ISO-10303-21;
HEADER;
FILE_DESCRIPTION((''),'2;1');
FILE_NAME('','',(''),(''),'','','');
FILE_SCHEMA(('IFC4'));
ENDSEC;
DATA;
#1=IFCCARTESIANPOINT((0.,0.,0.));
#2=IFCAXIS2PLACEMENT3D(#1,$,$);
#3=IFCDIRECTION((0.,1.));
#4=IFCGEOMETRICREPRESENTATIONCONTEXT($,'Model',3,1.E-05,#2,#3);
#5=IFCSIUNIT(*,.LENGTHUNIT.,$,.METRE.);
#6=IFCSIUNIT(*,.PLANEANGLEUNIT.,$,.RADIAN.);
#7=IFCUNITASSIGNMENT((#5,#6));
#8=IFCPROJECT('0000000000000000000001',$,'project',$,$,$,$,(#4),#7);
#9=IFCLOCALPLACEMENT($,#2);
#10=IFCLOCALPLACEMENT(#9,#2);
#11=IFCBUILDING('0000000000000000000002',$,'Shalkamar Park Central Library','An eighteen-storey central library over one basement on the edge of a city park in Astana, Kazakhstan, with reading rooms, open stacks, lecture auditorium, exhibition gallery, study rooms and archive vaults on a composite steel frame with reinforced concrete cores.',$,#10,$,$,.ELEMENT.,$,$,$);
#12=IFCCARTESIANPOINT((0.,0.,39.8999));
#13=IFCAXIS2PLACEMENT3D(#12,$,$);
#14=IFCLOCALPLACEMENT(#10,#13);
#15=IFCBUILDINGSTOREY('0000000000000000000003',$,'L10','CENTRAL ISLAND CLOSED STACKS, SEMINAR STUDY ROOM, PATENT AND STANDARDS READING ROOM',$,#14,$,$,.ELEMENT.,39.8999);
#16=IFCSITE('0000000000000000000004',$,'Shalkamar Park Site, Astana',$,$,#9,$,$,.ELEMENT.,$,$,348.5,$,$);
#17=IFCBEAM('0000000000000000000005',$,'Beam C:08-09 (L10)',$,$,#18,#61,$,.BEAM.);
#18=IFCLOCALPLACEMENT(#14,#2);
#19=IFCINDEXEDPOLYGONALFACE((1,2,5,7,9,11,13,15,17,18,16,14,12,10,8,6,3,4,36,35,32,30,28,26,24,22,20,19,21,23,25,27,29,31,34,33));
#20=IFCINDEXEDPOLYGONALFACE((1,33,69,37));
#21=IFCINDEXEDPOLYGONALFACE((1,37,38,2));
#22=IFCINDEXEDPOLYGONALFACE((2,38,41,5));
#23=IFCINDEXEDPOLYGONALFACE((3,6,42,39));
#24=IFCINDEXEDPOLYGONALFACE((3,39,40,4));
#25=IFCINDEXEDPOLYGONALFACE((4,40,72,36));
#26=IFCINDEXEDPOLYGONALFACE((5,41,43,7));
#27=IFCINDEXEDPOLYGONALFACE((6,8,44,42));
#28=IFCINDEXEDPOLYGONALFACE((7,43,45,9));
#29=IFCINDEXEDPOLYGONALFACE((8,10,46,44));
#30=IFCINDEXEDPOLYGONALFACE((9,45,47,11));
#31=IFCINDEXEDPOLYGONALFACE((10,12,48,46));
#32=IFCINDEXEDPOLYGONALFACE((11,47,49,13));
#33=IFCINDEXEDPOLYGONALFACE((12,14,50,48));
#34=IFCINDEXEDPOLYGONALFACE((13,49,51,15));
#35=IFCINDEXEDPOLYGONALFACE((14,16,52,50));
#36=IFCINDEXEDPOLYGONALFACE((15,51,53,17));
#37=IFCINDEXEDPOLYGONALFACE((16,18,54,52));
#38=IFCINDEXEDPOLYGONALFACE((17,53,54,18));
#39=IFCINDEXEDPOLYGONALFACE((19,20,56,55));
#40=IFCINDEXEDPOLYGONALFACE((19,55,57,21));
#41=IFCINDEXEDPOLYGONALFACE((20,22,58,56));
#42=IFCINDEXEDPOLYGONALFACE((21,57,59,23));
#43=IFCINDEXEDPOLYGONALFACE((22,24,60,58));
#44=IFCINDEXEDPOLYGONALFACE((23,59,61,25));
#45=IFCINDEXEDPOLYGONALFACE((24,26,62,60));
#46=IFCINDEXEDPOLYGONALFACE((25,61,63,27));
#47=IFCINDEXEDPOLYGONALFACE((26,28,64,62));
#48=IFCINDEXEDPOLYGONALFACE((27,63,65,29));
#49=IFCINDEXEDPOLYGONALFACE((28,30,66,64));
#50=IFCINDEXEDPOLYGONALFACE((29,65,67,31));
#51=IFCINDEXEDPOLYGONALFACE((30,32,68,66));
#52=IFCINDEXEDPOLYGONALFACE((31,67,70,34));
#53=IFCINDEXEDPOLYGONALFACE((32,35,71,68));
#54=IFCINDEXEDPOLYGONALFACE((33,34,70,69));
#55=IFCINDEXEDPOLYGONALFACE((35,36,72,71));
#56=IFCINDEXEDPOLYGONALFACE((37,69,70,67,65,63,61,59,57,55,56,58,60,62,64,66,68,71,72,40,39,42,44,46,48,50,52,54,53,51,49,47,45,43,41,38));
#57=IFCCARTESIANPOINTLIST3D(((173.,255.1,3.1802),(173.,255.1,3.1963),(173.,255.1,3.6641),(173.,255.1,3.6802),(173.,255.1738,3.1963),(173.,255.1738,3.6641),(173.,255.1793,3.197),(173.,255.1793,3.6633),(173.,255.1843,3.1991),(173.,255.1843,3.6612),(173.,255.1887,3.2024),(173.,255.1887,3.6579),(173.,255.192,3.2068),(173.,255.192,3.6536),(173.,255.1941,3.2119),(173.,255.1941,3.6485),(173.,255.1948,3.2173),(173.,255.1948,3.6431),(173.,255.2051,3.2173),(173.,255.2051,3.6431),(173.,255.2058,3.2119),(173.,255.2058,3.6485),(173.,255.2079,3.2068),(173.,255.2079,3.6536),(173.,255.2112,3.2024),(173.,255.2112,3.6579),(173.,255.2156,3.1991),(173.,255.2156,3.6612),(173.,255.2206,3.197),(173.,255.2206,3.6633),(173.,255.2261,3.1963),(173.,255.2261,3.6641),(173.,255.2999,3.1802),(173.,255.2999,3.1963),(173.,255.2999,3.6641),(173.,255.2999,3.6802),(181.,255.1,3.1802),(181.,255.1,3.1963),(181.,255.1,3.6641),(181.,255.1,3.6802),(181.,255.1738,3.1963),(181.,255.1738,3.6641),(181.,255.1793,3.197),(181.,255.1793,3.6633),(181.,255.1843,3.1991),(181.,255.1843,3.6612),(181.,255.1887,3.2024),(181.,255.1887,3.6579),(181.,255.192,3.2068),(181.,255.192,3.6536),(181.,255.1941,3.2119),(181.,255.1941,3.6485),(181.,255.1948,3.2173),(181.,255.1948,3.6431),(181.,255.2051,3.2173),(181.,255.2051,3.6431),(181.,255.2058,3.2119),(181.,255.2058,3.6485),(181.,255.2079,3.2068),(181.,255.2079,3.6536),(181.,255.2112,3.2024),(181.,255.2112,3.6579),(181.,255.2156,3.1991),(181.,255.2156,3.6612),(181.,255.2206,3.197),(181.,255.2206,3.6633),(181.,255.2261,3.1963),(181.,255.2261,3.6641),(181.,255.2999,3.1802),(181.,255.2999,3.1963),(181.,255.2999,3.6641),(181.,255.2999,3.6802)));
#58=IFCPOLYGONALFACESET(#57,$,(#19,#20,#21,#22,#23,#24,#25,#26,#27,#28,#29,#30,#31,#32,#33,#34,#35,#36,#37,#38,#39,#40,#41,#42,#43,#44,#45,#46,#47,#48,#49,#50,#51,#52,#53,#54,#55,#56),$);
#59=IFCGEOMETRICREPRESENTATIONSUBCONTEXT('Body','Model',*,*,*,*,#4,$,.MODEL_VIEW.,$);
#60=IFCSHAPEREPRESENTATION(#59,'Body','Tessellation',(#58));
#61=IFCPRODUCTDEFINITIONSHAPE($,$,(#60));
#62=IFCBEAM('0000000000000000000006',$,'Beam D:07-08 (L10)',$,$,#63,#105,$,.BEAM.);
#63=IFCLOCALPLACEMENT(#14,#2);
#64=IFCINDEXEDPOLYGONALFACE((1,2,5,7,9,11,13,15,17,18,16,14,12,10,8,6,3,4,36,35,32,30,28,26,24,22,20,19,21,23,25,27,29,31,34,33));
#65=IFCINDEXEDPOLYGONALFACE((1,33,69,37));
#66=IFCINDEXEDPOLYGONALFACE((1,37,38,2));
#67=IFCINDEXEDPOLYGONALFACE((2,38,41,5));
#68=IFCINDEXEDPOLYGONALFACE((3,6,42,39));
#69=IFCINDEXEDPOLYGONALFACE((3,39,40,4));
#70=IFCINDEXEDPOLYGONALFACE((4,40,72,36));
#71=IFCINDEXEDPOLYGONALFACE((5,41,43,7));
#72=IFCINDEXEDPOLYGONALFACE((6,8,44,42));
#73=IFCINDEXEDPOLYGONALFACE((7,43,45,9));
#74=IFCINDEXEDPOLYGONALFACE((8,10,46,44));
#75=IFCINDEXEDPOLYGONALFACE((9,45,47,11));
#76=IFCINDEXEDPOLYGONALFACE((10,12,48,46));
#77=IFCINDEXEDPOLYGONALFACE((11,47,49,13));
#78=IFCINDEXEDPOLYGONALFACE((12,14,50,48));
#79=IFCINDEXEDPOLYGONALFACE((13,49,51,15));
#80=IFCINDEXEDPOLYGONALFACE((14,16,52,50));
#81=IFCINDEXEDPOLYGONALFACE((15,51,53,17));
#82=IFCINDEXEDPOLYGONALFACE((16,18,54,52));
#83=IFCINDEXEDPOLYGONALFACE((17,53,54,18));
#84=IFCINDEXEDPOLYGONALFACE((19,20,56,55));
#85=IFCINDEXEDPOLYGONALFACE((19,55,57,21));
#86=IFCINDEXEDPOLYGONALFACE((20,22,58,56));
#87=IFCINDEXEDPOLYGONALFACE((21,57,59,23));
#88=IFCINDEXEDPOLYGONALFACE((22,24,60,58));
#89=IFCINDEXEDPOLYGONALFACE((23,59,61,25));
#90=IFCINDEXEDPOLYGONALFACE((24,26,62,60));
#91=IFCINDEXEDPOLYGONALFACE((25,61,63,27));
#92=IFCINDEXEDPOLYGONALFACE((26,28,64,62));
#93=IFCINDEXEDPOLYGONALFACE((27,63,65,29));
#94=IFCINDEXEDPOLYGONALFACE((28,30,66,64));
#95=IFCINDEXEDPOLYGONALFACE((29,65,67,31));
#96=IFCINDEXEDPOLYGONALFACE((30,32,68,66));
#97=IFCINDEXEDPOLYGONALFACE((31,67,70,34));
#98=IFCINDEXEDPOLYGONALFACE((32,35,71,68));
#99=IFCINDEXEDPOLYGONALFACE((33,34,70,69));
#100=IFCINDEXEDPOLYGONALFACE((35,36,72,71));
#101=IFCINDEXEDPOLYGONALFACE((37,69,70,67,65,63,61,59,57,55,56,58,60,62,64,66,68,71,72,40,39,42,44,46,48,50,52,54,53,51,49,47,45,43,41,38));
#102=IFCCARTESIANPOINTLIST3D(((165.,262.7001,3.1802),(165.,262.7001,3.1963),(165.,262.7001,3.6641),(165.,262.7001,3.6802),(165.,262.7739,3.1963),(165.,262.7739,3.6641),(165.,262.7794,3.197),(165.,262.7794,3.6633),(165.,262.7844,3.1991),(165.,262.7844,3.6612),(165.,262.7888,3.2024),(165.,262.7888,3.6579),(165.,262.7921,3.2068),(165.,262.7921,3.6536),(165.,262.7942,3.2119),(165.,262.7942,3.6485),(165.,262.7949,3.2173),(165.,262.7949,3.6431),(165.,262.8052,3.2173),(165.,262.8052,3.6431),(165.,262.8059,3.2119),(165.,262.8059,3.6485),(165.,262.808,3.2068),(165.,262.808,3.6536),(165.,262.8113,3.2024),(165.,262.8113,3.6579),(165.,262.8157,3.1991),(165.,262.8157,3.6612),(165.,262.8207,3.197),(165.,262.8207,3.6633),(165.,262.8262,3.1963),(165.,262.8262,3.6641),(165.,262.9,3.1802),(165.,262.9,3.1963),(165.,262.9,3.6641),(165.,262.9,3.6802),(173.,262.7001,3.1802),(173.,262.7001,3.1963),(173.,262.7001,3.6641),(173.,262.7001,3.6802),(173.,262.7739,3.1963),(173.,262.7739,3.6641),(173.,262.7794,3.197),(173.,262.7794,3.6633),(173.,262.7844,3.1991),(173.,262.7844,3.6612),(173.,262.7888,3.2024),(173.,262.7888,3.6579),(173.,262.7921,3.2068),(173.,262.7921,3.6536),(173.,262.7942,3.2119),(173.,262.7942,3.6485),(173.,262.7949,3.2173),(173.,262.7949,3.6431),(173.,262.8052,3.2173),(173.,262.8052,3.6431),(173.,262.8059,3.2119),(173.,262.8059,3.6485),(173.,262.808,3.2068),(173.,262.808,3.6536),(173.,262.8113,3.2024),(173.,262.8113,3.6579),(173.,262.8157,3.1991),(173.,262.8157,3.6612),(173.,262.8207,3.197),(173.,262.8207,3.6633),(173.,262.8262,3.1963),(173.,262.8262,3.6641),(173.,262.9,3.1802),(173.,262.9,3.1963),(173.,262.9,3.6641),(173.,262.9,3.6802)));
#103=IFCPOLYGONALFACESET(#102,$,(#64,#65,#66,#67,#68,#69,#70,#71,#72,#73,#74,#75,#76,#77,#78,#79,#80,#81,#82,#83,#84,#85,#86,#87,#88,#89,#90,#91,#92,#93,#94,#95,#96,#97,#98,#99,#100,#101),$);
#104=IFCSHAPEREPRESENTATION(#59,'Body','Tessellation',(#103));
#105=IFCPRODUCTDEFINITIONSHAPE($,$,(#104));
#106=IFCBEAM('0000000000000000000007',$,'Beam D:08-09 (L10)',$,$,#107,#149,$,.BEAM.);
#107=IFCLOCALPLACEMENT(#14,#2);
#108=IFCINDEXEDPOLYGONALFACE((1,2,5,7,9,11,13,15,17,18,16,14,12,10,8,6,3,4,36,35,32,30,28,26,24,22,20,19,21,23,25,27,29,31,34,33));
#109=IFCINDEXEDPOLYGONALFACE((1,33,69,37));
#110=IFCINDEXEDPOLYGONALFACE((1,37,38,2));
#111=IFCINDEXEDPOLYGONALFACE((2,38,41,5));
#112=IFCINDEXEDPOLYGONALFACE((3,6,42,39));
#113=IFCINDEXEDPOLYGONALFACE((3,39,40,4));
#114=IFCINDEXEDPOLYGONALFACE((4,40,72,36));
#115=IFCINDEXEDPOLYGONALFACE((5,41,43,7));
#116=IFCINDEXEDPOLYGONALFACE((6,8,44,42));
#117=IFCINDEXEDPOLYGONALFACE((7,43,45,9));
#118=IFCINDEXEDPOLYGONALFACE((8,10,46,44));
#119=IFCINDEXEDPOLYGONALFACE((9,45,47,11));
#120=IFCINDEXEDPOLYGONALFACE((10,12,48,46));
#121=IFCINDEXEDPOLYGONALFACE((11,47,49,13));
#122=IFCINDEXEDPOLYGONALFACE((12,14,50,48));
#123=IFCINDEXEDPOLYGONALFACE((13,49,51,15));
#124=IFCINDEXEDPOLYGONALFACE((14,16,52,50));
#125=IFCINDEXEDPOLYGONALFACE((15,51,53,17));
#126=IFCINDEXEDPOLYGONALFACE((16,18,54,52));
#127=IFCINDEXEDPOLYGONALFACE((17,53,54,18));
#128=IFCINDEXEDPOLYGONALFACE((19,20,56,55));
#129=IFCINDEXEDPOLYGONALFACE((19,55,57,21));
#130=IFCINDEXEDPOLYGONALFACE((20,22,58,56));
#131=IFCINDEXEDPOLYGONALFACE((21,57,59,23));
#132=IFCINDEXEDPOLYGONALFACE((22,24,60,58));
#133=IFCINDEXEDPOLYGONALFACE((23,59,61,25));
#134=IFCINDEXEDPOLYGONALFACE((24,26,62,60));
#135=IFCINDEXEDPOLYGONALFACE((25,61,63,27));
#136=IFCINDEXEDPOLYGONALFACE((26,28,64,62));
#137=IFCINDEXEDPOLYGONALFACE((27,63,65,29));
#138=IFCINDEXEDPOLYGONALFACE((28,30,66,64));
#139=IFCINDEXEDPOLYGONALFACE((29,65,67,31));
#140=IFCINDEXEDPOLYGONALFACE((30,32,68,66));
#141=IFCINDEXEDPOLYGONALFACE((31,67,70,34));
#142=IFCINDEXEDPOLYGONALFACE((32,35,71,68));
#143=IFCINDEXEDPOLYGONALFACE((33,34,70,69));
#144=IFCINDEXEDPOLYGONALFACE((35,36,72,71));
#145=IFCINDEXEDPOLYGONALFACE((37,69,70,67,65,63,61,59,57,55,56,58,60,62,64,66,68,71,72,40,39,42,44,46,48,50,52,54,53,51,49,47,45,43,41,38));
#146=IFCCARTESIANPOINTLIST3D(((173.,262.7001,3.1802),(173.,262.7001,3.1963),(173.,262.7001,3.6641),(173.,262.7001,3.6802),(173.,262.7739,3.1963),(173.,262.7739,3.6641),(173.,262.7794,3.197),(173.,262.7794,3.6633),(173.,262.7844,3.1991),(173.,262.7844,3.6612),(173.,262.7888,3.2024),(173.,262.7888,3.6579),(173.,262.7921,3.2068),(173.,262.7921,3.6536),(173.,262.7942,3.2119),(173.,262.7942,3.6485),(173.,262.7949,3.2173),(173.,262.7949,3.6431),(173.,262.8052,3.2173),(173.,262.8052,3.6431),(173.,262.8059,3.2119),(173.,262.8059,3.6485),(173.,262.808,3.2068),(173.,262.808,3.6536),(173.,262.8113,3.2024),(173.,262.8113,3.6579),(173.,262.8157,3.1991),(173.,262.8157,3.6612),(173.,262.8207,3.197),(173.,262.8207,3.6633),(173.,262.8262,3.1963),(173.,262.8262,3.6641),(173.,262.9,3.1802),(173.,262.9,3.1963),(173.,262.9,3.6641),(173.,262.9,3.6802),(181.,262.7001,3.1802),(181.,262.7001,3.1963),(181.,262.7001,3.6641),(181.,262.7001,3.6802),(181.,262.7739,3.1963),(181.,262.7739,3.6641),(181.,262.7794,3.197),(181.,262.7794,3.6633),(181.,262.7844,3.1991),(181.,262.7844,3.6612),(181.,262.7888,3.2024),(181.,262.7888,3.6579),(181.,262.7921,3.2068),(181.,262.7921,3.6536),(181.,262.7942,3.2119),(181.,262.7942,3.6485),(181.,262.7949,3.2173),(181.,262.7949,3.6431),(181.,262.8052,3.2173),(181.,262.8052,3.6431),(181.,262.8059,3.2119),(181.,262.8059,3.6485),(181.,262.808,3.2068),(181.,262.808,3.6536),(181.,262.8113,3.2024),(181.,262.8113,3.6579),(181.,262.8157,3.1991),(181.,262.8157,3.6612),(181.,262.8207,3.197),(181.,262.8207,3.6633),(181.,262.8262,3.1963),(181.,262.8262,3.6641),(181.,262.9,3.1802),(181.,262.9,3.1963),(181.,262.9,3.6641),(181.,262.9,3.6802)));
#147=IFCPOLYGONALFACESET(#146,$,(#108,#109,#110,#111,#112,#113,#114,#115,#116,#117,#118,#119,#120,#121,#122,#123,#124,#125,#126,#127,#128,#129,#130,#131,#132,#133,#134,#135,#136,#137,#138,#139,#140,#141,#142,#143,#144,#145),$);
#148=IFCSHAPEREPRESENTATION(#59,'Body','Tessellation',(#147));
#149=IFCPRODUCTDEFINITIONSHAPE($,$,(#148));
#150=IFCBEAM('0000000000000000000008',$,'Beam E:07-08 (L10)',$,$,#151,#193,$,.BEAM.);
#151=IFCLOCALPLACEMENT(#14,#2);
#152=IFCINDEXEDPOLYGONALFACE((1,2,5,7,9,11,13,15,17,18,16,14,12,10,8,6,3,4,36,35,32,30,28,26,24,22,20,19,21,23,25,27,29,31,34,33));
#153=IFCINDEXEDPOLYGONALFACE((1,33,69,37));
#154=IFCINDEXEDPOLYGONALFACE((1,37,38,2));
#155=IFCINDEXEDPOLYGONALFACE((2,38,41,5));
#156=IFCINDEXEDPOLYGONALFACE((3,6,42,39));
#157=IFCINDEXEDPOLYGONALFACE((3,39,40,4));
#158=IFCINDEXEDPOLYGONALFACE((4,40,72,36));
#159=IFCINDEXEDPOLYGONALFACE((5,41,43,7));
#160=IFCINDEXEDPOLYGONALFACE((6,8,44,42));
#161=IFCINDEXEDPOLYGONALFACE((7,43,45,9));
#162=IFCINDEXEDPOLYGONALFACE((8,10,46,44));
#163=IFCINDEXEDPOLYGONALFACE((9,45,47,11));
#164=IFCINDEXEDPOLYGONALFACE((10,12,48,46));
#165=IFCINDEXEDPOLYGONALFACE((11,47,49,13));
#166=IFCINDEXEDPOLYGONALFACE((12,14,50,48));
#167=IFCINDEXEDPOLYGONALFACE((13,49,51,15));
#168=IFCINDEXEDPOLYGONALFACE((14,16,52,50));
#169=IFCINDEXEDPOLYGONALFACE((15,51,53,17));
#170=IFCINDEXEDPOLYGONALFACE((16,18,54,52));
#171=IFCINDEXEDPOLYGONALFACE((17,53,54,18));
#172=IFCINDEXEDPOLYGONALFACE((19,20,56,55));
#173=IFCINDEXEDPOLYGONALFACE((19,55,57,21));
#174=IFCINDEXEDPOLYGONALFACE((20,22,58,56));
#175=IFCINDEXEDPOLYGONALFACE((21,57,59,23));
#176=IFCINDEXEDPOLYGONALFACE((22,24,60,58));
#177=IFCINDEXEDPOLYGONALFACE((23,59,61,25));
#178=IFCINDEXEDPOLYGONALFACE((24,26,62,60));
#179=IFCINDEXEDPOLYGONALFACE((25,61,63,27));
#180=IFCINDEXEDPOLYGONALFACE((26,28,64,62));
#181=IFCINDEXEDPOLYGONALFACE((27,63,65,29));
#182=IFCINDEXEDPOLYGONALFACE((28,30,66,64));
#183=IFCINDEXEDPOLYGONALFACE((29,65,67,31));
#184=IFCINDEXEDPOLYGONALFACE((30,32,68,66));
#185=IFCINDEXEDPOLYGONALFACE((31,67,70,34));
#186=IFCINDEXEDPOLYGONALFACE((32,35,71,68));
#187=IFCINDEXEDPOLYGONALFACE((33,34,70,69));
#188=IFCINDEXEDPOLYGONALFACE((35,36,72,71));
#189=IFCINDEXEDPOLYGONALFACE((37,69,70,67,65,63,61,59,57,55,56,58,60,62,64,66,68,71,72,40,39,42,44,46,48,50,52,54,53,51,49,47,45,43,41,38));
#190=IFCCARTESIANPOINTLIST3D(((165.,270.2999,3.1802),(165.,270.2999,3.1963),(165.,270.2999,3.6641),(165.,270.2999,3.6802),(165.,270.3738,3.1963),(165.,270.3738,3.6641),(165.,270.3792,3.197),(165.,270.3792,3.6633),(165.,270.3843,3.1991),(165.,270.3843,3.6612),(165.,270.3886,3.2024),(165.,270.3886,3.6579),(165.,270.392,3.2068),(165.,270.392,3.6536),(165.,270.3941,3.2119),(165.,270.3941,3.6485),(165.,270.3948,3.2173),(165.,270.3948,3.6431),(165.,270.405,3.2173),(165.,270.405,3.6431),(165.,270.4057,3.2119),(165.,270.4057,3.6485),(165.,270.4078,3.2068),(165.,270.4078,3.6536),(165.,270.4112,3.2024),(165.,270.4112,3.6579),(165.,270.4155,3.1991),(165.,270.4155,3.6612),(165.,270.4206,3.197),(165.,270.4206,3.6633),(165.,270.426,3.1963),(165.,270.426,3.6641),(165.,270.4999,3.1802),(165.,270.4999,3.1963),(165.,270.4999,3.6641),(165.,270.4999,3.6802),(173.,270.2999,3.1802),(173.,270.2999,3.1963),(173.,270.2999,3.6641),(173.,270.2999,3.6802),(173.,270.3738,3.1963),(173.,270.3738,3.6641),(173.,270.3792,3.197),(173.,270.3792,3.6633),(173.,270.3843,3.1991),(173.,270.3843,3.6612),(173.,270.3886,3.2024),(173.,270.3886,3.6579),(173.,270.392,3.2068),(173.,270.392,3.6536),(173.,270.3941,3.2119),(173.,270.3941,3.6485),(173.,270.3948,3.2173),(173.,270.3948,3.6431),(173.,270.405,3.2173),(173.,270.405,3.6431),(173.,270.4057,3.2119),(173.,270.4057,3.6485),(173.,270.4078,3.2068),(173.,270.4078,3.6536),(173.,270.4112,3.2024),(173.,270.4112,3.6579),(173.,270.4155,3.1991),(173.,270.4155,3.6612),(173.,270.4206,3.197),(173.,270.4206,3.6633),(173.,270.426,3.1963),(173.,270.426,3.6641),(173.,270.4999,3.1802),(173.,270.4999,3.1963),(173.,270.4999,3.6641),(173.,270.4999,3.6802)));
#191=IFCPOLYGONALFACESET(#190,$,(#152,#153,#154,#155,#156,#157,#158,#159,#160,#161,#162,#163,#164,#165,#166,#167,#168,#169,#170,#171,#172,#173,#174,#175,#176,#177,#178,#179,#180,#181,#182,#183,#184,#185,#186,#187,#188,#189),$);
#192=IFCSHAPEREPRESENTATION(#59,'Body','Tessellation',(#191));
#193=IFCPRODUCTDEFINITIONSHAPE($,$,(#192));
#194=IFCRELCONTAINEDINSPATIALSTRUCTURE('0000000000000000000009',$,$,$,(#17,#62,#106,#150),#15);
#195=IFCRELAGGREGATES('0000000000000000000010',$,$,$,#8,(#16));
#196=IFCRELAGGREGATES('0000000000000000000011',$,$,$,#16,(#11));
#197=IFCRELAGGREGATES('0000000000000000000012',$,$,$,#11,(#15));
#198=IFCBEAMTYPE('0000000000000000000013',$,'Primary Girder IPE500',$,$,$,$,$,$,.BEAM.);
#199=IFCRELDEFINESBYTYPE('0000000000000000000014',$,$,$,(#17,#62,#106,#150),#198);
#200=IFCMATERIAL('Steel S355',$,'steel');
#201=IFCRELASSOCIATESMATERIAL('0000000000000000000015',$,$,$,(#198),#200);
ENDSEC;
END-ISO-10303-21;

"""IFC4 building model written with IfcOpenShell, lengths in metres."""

from ifc_helpers import new_model, si_unit, direction, frame, origin, origin_2d, place, context, subcontext, project, spatial, i_section, extrude, material, material_profile, profile_set, type_object, element, save


model = new_model("IFC4")

# Units and contexts
model_context = context("Model", 3, precision=1e-05, world=origin(), true_north=direction((0.0, 1.0)))
body_context = subcontext(model_context, "Body", "Model", "MODEL_VIEW")
ifc_project = project(units=[si_unit("LENGTHUNIT", "METRE"), si_unit("PLANEANGLEUNIT", "RADIAN")], contexts=[model_context])

# Site, building, storey
site_placement = place(None, origin())
site = spatial("IfcSite", under=ifc_project, at=site_placement, Name="Shalkamar Park Site, Astana", CompositionType="ELEMENT", RefElevation=348.5)
building_placement = place(site_placement, origin())
building = spatial("IfcBuilding", under=site, at=building_placement, Name="Shalkamar Park Central Library", Description="An eighteen-storey central library over one basement on the edge of a city park in Astana, Kazakhstan, with reading rooms, open stacks, lecture auditorium, exhibition gallery, study rooms and archive vaults on a composite steel frame with reinforced concrete cores.", CompositionType="ELEMENT")
storey_placement = place(building_placement, frame((0.0, 0.0, 39.8999)))
storey = spatial("IfcBuildingStorey", under=building, at=storey_placement, Name="L10", Description="CENTRAL ISLAND CLOSED STACKS, SEMINAR STUDY ROOM, PATENT AND STANDARDS READING ROOM", CompositionType="ELEMENT", Elevation=39.8999)

# Shared definitions
ifc_material_1 = material(Name="Steel S355", Category="steel")

# Beams
ifc_material_profile_1 = material_profile(ifc_material_1, i_section(OverallWidth=0.2, OverallDepth=0.5, WebThickness=0.0103, FlangeThickness=0.0161, FilletRadius=0.021, at=origin_2d()), Name="IPE 500")
ifc_profile_set_1 = profile_set([ifc_material_profile_1], Name="Steel S355")
beam_type_1 = type_object("IfcBeamType", Name="Primary Girder IPE500", PredefinedType="BEAM", material=ifc_profile_set_1)
for number, where, z_axis, x_axis, name in (
    (1, (173.0, 255.2, 3.4302), (1.0, 0.0, 0.0), (0.0, 1.0, 0.0), "Beam C:08-09 (L10)"),
    (2, (165.0, 262.8, 3.4302), (1.0, 0.0, 0.0), (0.0, 1.0, 0.0), "Beam D:07-08 (L10)"),
    (3, (173.0, 262.8, 3.4302), (1.0, 0.0, 0.0), (0.0, 1.0, 0.0), "Beam D:08-09 (L10)"),
    (4, (165.0, 270.3999, 3.4302), (1.0, 0.0, 0.0), (0.0, 1.0, 0.0), "Beam E:07-08 (L10)"),
):
    element("IfcBeam", number, at=place(storey_placement, frame(where, z_axis=z_axis, x_axis=x_axis)), inside=storey, type_object=beam_type_1, Name=name, PredefinedType="BEAM", context=body_context, shape_type="SweptSolid", body=[
        extrude(i_section(OverallWidth=0.2, OverallDepth=0.5, WebThickness=0.0103, FlangeThickness=0.0161, FilletRadius=0.021, at=origin_2d()), origin(), (0.0, 0.0, 1.0), 8.0),
    ])

save(model, "model.ifc")
